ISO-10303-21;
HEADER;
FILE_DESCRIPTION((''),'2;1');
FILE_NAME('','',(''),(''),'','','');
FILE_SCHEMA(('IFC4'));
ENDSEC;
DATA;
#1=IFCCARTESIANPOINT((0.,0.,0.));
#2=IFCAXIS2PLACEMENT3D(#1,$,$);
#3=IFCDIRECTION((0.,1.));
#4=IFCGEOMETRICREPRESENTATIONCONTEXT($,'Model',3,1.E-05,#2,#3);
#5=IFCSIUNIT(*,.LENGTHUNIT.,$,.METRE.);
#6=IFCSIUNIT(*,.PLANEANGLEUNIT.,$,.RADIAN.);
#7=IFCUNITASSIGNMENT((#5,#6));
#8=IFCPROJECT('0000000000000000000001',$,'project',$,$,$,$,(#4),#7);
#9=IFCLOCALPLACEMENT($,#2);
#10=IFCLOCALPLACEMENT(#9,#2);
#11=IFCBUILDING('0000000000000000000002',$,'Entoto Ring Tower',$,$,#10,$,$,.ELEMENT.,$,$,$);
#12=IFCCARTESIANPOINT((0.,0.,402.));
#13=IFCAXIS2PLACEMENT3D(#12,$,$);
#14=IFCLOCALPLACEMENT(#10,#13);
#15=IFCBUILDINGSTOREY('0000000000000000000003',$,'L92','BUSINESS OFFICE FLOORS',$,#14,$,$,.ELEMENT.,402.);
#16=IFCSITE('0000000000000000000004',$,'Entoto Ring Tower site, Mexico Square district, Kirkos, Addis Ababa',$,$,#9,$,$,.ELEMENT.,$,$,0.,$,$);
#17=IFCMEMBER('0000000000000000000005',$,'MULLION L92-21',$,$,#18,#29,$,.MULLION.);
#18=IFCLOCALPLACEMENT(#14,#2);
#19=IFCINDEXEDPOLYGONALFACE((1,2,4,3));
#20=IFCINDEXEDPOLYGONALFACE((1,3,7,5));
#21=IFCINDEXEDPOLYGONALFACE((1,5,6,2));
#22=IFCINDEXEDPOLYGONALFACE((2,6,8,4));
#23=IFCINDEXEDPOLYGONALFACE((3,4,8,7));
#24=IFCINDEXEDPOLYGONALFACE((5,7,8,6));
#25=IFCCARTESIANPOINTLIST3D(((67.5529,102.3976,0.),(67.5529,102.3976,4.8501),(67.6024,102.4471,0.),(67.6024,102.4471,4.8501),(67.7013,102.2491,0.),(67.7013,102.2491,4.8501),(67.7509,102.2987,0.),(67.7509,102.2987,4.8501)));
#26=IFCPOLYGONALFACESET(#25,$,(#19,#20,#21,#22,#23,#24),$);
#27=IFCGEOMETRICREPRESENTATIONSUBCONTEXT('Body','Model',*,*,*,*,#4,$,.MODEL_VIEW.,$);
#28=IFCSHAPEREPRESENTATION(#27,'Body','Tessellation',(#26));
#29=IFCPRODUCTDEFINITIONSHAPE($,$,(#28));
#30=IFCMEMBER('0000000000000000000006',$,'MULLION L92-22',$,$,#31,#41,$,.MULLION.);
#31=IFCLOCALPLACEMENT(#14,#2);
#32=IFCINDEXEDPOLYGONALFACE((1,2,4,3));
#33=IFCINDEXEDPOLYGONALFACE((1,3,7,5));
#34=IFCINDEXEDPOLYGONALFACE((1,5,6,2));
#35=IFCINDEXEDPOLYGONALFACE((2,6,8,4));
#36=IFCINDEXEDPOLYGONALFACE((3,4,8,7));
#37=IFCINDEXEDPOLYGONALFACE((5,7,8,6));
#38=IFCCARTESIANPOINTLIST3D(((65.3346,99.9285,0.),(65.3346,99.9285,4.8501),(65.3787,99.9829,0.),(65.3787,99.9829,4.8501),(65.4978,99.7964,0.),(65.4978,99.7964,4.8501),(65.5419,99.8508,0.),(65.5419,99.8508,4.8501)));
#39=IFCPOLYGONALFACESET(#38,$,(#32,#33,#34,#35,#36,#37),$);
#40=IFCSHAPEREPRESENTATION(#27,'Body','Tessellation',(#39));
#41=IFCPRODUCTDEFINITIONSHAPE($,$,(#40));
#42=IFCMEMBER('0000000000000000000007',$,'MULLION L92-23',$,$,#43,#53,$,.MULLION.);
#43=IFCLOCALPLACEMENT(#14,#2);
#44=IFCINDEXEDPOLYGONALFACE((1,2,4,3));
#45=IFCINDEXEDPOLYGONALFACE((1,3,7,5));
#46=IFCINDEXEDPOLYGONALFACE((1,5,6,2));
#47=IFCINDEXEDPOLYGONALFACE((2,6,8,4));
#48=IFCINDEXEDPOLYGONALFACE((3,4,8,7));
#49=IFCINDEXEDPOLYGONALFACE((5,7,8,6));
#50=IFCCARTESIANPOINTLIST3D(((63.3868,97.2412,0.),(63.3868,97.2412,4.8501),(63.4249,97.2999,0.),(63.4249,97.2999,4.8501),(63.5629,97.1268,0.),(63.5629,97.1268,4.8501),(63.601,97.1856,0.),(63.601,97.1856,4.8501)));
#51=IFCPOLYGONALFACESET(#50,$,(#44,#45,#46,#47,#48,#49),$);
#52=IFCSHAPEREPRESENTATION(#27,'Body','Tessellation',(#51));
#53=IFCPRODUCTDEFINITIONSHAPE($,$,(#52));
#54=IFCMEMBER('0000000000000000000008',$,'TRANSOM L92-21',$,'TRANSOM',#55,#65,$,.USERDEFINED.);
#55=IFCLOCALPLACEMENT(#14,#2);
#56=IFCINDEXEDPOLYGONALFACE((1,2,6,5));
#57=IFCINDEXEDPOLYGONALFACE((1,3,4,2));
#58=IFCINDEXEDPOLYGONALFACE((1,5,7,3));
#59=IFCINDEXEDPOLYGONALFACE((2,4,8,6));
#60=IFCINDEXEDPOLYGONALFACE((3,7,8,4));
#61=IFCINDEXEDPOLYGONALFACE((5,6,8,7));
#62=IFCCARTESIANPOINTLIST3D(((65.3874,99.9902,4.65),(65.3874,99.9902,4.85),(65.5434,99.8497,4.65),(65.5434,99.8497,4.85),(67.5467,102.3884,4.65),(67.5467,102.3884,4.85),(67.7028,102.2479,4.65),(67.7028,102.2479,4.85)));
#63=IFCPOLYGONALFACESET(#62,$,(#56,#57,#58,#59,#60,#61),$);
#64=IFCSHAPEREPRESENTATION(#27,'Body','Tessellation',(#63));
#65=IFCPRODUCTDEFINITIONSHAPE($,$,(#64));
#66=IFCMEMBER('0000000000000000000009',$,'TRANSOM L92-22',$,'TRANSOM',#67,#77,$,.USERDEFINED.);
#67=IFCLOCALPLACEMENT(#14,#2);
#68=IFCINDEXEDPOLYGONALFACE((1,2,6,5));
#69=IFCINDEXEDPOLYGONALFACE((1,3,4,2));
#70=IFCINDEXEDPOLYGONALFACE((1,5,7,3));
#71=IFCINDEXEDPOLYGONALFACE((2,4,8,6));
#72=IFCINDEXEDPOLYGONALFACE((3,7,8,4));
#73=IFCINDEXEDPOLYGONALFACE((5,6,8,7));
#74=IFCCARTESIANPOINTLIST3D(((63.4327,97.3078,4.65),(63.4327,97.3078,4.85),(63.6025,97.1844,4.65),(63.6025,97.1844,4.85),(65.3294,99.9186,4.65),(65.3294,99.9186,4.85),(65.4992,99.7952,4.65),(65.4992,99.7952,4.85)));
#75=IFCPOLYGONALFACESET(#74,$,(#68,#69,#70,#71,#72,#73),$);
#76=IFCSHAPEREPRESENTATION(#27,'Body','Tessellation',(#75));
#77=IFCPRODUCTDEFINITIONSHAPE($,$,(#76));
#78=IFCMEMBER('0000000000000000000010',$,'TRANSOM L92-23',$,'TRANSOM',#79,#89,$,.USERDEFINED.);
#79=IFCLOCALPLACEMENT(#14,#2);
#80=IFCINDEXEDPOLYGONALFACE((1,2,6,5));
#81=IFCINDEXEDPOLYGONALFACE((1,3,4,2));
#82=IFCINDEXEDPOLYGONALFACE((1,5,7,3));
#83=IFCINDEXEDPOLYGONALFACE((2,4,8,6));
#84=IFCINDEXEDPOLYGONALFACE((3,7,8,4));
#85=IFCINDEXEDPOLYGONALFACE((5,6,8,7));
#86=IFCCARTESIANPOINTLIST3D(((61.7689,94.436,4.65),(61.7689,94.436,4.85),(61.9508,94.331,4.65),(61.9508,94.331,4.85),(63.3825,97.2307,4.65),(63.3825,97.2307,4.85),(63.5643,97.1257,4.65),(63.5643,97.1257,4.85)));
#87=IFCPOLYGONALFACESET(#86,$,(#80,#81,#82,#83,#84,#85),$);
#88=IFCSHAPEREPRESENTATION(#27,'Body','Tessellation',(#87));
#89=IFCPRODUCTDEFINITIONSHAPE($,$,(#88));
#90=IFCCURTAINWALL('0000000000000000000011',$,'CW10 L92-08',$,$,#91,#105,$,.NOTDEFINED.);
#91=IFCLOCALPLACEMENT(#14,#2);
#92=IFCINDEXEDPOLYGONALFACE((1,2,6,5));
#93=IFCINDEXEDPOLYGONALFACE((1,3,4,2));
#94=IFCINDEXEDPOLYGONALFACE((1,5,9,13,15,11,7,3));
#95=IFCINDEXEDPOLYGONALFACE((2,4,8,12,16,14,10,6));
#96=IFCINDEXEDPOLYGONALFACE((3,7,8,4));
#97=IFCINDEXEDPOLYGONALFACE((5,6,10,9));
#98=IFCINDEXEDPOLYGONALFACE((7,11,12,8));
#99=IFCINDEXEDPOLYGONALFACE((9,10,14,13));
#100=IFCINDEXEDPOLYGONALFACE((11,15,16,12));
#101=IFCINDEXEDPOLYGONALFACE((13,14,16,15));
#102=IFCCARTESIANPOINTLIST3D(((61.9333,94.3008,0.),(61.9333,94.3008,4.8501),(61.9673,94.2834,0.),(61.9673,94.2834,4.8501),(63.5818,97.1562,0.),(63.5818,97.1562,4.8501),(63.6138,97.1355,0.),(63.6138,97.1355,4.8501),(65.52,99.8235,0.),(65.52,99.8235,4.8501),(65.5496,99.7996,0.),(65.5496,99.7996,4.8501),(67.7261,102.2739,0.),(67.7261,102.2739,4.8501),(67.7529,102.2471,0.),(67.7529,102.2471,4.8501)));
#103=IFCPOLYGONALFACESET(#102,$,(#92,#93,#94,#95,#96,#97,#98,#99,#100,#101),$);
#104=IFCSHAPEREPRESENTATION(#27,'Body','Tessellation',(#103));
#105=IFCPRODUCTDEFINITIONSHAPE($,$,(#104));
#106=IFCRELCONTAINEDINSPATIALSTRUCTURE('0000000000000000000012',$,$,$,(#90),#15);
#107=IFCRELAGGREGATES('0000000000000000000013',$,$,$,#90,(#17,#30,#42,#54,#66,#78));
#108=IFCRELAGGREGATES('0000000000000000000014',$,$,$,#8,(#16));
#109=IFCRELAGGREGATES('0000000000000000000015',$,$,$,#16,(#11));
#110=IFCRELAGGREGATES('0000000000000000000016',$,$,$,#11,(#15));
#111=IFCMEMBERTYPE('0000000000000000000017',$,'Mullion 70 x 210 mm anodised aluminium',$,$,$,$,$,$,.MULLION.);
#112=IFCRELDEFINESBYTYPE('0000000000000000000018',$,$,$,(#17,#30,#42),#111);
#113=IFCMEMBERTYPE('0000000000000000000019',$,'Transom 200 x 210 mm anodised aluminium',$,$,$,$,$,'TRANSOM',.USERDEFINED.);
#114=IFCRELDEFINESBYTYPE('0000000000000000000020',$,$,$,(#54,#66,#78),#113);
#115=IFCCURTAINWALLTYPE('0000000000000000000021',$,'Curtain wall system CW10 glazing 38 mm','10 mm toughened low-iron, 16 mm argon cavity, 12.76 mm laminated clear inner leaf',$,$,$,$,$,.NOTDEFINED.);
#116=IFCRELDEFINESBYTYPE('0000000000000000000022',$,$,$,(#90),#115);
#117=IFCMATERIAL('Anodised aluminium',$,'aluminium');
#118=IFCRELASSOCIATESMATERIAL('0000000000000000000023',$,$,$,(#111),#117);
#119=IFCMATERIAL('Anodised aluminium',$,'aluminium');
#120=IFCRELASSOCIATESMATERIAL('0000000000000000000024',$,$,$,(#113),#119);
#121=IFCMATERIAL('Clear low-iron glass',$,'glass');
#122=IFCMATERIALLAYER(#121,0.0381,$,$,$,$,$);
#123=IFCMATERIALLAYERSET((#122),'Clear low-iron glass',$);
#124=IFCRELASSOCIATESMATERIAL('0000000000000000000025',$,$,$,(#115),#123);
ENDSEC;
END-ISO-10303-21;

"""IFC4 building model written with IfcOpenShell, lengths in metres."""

from ifc_helpers import new_model, si_unit, direction, frame, origin, origin_2d, place, context, subcontext, project, spatial, polyline, rectangle, outline, extrude, material, layer, layer_set, material_profile, profile_set, type_object, element, aggregate, save


model = new_model("IFC4")

# Units and contexts
model_context = context("Model", 3, precision=1e-05, world=origin(), true_north=direction((0.0, 1.0)))
body_context = subcontext(model_context, "Body", "Model", "MODEL_VIEW")
ifc_project = project(units=[si_unit("LENGTHUNIT", "METRE"), si_unit("PLANEANGLEUNIT", "RADIAN")], contexts=[model_context])

# Members
ifc_material_1 = material(Name="Anodised aluminium", Category="aluminium")
ifc_material_profile_1 = material_profile(ifc_material_1, rectangle(XDim=0.0701, YDim=0.21, at=origin_2d()), Name="Mullion 70 x 210 mm anodised aluminium")
ifc_profile_set_1 = profile_set([ifc_material_profile_1], Name="Anodised aluminium")
member_type_1 = type_object("IfcMemberType", Name="Mullion 70 x 210 mm anodised aluminium", PredefinedType="MULLION", material=ifc_profile_set_1)
site_placement = place(None, origin())
building_placement = place(site_placement, origin())
storey_placement = place(building_placement, frame((0.0, 0.0, 402.0)))
member_1_placement = place(storey_placement, frame((67.6519, 102.3481, 0.0), z_axis=(0.0, 0.0, 1.0), x_axis=(-0.707107, -0.707107, 0.0)))
member_1 = element("IfcMember", 1, at=member_1_placement, type_object=member_type_1, Name="MULLION L92-21", PredefinedType="MULLION", context=body_context, shape_type="SweptSolid", body=[
    extrude(rectangle(XDim=0.0701, YDim=0.21, at=origin_2d()), origin(), (0.0, 0.0, 1.0), 4.8501),
])
member_2_placement = place(storey_placement, frame((65.4382, 99.8896, 0.0), z_axis=(0.0, 0.0, 1.0), x_axis=(-0.62932, -0.777146, 0.0)))
member_2 = element("IfcMember", 2, at=member_2_placement, type_object=member_type_1, Name="MULLION L92-22", PredefinedType="MULLION", context=body_context, shape_type="SweptSolid", body=[
    extrude(rectangle(XDim=0.0701, YDim=0.21, at=origin_2d()), origin(), (0.0, 0.0, 1.0), 4.8501),
])
member_3_placement = place(storey_placement, frame((63.4939, 97.2134, 0.0), z_axis=(0.0, 0.0, 1.0), x_axis=(-0.544639, -0.838671, 0.0)))
member_3 = element("IfcMember", 3, at=member_3_placement, type_object=member_type_1, Name="MULLION L92-23", PredefinedType="MULLION", context=body_context, shape_type="SweptSolid", body=[
    extrude(rectangle(XDim=0.0701, YDim=0.21, at=origin_2d()), origin(), (0.0, 0.0, 1.0), 4.8501),
])
ifc_material_2 = material(Name="Anodised aluminium", Category="aluminium")
ifc_material_profile_2 = material_profile(ifc_material_2, rectangle(XDim=0.21, YDim=0.2, at=origin_2d()), Name="Transom 200 x 210 mm anodised aluminium")
ifc_profile_set_2 = profile_set([ifc_material_profile_2], Name="Anodised aluminium")
member_type_2 = type_object("IfcMemberType", Name="Transom 200 x 210 mm anodised aluminium", ElementType="TRANSOM", PredefinedType="USERDEFINED", material=ifc_profile_set_2)
member_4_placement = place(storey_placement, frame((67.6248, 102.3181, 4.75), z_axis=(-0.669144, -0.743132, 0.0), x_axis=(0.743132, -0.669144, 0.0)))
member_4 = element("IfcMember", 4, at=member_4_placement, type_object=member_type_2, Name="TRANSOM L92-21", ObjectType="TRANSOM", PredefinedType="USERDEFINED", context=body_context, shape_type="SweptSolid", body=[
    extrude(rectangle(XDim=0.21, YDim=0.2, at=origin_2d()), origin(), (0.0, 0.0, 1.0), 3.2271),
])
member_5_placement = place(storey_placement, frame((65.4143, 99.8569, 4.75), z_axis=(-0.587753, -0.80904, 0.0), x_axis=(0.80904, -0.587753, 0.0)))
member_5 = element("IfcMember", 5, at=member_5_placement, type_object=member_type_2, Name="TRANSOM L92-22", ObjectType="TRANSOM", PredefinedType="USERDEFINED", context=body_context, shape_type="SweptSolid", body=[
    extrude(rectangle(XDim=0.21, YDim=0.2, at=origin_2d()), origin(), (0.0, 0.0, 1.0), 3.2271),
])
member_6_placement = place(storey_placement, frame((63.4734, 97.1782, 4.75), z_axis=(-0.500004, -0.866023, 0.0), x_axis=(0.866023, -0.500004, 0.0)))
member_6 = element("IfcMember", 6, at=member_6_placement, type_object=member_type_2, Name="TRANSOM L92-23", ObjectType="TRANSOM", PredefinedType="USERDEFINED", context=body_context, shape_type="SweptSolid", body=[
    extrude(rectangle(XDim=0.21, YDim=0.2, at=origin_2d()), origin(), (0.0, 0.0, 1.0), 3.2271),
])

# Site, building, storey
site = spatial("IfcSite", under=ifc_project, at=site_placement, Name="Entoto Ring Tower site, Mexico Square district, Kirkos, Addis Ababa", CompositionType="ELEMENT", RefElevation=0.0)
building = spatial("IfcBuilding", under=site, at=building_placement, Name="Entoto Ring Tower", CompositionType="ELEMENT")
storey = spatial("IfcBuildingStorey", under=building, at=storey_placement, Name="L92", Description="BUSINESS OFFICE FLOORS", CompositionType="ELEMENT", Elevation=402.0)

# Curtain wall
ifc_material_3 = material(Name="Clear low-iron glass", Category="glass")
ifc_layer = layer(ifc_material_3, 0.0381)
ifc_layer_set = layer_set([ifc_layer], Name="Clear low-iron glass")
curtain_wall_type = type_object("IfcCurtainWallType", Name="Curtain wall system CW10 glazing 38 mm", Description="10 mm toughened low-iron, 16 mm argon cavity, 12.76 mm laminated clear inner leaf", PredefinedType="NOTDEFINED", material=ifc_layer_set)
curtain_wall_1_placement = place(storey_placement, origin())
curtain_wall_1 = element("IfcCurtainWall", 7, at=curtain_wall_1_placement, inside=storey, type_object=curtain_wall_type, Name="CW10 L92-08", PredefinedType="NOTDEFINED", context=body_context, shape_type="SweptSolid", body=[
    extrude(outline(polyline([(67.7261, 102.2739), (65.52, 99.8235), (63.5818, 97.1562), (61.9333, 94.3008), (61.9673, 94.2834), (63.6138, 97.1355), (65.5496, 99.7996), (67.7529, 102.2471), (67.7261, 102.2739)])), origin(), (0.0, 0.0, 1.0), 4.8501),
])
aggregate(curtain_wall_1, [member_1, member_2, member_3, member_4, member_5, member_6])

save(model, "model.ifc")
